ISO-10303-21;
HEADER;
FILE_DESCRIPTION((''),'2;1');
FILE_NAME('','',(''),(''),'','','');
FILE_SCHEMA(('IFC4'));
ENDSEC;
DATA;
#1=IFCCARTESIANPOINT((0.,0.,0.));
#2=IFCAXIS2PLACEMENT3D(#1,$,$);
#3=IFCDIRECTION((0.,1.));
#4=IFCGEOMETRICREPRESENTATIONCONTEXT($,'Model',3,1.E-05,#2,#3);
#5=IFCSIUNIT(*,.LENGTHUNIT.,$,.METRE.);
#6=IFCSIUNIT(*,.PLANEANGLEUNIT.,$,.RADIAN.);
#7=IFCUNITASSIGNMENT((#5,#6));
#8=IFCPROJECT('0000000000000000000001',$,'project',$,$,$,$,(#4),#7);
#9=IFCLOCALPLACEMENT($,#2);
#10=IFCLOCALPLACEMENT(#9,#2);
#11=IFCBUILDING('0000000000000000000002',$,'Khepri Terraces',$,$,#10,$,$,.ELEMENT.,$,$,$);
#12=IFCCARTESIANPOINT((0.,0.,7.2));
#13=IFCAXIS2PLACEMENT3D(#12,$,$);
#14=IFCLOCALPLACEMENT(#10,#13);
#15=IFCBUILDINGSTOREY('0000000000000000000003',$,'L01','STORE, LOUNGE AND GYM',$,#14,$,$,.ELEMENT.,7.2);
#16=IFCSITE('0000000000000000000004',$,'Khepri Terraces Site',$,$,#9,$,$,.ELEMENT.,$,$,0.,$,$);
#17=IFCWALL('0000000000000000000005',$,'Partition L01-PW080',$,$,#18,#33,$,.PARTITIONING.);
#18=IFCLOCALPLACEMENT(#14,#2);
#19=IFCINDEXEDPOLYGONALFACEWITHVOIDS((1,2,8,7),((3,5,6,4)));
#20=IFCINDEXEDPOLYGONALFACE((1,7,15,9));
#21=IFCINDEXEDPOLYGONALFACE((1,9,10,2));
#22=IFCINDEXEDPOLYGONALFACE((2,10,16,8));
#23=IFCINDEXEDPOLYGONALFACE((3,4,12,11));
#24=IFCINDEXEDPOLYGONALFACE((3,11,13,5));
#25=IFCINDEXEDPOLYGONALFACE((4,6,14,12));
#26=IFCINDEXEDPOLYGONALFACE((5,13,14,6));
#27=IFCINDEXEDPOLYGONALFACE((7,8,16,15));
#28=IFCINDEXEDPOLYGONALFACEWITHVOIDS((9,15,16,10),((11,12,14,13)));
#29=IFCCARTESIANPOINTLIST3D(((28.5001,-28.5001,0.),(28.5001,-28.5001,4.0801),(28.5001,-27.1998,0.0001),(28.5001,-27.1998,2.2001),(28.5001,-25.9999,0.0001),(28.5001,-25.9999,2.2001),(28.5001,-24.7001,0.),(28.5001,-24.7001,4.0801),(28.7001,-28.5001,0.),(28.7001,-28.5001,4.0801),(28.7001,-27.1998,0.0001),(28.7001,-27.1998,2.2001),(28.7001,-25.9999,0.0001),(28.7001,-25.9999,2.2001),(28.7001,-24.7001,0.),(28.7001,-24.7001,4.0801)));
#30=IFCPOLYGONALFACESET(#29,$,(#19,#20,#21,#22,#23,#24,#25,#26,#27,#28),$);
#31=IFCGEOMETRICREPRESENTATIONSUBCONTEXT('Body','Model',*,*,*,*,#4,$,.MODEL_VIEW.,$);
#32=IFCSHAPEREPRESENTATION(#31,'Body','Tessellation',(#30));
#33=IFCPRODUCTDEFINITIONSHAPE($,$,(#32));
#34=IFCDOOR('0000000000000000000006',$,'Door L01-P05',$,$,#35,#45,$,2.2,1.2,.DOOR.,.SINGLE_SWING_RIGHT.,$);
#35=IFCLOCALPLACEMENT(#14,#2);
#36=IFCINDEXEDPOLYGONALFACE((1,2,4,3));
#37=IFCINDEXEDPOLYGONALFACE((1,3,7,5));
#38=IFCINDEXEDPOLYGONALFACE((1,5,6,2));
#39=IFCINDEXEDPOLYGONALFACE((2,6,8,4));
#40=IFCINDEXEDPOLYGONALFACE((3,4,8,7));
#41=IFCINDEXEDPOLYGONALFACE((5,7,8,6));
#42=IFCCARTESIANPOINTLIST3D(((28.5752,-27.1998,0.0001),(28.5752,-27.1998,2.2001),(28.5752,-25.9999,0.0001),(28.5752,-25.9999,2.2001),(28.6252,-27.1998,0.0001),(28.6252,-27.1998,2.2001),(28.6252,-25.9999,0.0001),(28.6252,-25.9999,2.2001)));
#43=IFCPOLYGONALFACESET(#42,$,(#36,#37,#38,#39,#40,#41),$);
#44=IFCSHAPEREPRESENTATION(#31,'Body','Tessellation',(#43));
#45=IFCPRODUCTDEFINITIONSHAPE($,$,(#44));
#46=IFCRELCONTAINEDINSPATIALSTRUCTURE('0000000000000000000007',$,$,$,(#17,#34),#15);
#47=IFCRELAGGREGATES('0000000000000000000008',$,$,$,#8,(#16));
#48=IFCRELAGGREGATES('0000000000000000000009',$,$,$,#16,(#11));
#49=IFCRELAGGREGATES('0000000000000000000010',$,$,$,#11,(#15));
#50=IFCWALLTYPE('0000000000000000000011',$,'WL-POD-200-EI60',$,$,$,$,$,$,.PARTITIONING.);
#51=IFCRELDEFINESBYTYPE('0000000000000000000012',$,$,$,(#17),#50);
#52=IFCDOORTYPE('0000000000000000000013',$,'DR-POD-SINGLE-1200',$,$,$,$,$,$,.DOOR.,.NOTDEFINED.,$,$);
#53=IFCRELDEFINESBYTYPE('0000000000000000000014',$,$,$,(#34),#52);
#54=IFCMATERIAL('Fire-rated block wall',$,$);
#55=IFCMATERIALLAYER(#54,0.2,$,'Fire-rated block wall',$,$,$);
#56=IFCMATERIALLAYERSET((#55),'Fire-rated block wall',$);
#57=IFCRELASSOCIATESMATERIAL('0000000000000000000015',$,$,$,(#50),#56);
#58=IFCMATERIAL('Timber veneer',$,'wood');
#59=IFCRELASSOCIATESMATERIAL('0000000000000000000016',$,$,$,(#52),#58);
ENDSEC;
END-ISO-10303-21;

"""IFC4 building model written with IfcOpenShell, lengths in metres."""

from ifc_helpers import new_model, si_unit, direction, frame, frame_2d, origin, place, context, subcontext, project, spatial, rectangle, extrude, material, layer, layer_set, type_object, element, fill, save


model = new_model("IFC4")

# Units and contexts
model_context = context("Model", 3, precision=1e-05, world=origin(), true_north=direction((0.0, 1.0)))
body_context = subcontext(model_context, "Body", "Model", "MODEL_VIEW")
ifc_project = project(units=[si_unit("LENGTHUNIT", "METRE"), si_unit("PLANEANGLEUNIT", "RADIAN")], contexts=[model_context])

# Site, building, storey
site_placement = place(None, origin())
site = spatial("IfcSite", under=ifc_project, at=site_placement, Name="Khepri Terraces Site", CompositionType="ELEMENT", RefElevation=0.0)
building_placement = place(site_placement, origin())
building = spatial("IfcBuilding", under=site, at=building_placement, Name="Khepri Terraces", CompositionType="ELEMENT")
storey_placement = place(building_placement, frame((0.0, 0.0, 7.2)))
storey = spatial("IfcBuildingStorey", under=building, at=storey_placement, Name="L01", Description="STORE, LOUNGE AND GYM", CompositionType="ELEMENT", Elevation=7.2)

# Wall, opening, door
ifc_material_1 = material(Name="Fire-rated block wall")
ifc_layer_1 = layer(ifc_material_1, 0.2, Name="Fire-rated block wall")
ifc_layer_set_1 = layer_set([ifc_layer_1], Name="Fire-rated block wall")
wall_type_1 = type_object("IfcWallType", Name="WL-POD-200-EI60", PredefinedType="PARTITIONING", material=ifc_layer_set_1)
wall_1_placement = place(storey_placement, frame((28.6001, -28.5, 0.0), z_axis=(0.0, 0.0, 1.0), x_axis=(0.0, 1.0, 0.0)))
wall_1 = element("IfcWall", 1, at=wall_1_placement, inside=storey, type_object=wall_type_1, Name="Partition L01-PW080", PredefinedType="PARTITIONING", context=body_context, shape_type="SweptSolid", body=[
    extrude(rectangle(XDim=3.8, YDim=0.2, at=frame_2d((1.8999, 0.0))), origin(), (0.0, 0.0, 1.0), 4.0801),
])
opening_1_placement = place(wall_1_placement, frame((1.3, 0.0, 0.0)))
opening_1 = element("IfcOpeningElement", 2, at=opening_1_placement, cuts=wall_1, PredefinedType="OPENING", context=body_context, shape_type="SweptSolid", body=[
    extrude(rectangle(XDim=1.2, YDim=2.2, at=frame_2d((0.6001, 1.1001))), frame((0.0, 0.1099, 0.0), z_axis=(0.0, -1.0, 0.0), x_axis=(1.0, 0.0, 0.0)), (0.0, 0.0, 1.0), 0.22),
])
ifc_material_2 = material(Name="Timber veneer", Category="wood")
door_type_1 = type_object("IfcDoorType", Name="DR-POD-SINGLE-1200", OperationType="NOTDEFINED", PredefinedType="DOOR", material=ifc_material_2)
door_1_placement = place(opening_1_placement, origin())
door_1 = element("IfcDoor", 3, at=door_1_placement, inside=storey, type_object=door_type_1, Name="Door L01-P05", OperationType="SINGLE_SWING_RIGHT", OverallHeight=2.2, OverallWidth=1.2, PredefinedType="DOOR", context=body_context, shape_type="SweptSolid", body=[
    extrude(rectangle(XDim=1.2, YDim=2.2, at=frame_2d((0.6001, 1.1001))), frame((0.0, 0.0249, 0.0), z_axis=(0.0, -1.0, 0.0), x_axis=(1.0, 0.0, 0.0)), (0.0, 0.0, 1.0), 0.05),
])
fill(opening_1, door_1)

save(model, "model.ifc")
